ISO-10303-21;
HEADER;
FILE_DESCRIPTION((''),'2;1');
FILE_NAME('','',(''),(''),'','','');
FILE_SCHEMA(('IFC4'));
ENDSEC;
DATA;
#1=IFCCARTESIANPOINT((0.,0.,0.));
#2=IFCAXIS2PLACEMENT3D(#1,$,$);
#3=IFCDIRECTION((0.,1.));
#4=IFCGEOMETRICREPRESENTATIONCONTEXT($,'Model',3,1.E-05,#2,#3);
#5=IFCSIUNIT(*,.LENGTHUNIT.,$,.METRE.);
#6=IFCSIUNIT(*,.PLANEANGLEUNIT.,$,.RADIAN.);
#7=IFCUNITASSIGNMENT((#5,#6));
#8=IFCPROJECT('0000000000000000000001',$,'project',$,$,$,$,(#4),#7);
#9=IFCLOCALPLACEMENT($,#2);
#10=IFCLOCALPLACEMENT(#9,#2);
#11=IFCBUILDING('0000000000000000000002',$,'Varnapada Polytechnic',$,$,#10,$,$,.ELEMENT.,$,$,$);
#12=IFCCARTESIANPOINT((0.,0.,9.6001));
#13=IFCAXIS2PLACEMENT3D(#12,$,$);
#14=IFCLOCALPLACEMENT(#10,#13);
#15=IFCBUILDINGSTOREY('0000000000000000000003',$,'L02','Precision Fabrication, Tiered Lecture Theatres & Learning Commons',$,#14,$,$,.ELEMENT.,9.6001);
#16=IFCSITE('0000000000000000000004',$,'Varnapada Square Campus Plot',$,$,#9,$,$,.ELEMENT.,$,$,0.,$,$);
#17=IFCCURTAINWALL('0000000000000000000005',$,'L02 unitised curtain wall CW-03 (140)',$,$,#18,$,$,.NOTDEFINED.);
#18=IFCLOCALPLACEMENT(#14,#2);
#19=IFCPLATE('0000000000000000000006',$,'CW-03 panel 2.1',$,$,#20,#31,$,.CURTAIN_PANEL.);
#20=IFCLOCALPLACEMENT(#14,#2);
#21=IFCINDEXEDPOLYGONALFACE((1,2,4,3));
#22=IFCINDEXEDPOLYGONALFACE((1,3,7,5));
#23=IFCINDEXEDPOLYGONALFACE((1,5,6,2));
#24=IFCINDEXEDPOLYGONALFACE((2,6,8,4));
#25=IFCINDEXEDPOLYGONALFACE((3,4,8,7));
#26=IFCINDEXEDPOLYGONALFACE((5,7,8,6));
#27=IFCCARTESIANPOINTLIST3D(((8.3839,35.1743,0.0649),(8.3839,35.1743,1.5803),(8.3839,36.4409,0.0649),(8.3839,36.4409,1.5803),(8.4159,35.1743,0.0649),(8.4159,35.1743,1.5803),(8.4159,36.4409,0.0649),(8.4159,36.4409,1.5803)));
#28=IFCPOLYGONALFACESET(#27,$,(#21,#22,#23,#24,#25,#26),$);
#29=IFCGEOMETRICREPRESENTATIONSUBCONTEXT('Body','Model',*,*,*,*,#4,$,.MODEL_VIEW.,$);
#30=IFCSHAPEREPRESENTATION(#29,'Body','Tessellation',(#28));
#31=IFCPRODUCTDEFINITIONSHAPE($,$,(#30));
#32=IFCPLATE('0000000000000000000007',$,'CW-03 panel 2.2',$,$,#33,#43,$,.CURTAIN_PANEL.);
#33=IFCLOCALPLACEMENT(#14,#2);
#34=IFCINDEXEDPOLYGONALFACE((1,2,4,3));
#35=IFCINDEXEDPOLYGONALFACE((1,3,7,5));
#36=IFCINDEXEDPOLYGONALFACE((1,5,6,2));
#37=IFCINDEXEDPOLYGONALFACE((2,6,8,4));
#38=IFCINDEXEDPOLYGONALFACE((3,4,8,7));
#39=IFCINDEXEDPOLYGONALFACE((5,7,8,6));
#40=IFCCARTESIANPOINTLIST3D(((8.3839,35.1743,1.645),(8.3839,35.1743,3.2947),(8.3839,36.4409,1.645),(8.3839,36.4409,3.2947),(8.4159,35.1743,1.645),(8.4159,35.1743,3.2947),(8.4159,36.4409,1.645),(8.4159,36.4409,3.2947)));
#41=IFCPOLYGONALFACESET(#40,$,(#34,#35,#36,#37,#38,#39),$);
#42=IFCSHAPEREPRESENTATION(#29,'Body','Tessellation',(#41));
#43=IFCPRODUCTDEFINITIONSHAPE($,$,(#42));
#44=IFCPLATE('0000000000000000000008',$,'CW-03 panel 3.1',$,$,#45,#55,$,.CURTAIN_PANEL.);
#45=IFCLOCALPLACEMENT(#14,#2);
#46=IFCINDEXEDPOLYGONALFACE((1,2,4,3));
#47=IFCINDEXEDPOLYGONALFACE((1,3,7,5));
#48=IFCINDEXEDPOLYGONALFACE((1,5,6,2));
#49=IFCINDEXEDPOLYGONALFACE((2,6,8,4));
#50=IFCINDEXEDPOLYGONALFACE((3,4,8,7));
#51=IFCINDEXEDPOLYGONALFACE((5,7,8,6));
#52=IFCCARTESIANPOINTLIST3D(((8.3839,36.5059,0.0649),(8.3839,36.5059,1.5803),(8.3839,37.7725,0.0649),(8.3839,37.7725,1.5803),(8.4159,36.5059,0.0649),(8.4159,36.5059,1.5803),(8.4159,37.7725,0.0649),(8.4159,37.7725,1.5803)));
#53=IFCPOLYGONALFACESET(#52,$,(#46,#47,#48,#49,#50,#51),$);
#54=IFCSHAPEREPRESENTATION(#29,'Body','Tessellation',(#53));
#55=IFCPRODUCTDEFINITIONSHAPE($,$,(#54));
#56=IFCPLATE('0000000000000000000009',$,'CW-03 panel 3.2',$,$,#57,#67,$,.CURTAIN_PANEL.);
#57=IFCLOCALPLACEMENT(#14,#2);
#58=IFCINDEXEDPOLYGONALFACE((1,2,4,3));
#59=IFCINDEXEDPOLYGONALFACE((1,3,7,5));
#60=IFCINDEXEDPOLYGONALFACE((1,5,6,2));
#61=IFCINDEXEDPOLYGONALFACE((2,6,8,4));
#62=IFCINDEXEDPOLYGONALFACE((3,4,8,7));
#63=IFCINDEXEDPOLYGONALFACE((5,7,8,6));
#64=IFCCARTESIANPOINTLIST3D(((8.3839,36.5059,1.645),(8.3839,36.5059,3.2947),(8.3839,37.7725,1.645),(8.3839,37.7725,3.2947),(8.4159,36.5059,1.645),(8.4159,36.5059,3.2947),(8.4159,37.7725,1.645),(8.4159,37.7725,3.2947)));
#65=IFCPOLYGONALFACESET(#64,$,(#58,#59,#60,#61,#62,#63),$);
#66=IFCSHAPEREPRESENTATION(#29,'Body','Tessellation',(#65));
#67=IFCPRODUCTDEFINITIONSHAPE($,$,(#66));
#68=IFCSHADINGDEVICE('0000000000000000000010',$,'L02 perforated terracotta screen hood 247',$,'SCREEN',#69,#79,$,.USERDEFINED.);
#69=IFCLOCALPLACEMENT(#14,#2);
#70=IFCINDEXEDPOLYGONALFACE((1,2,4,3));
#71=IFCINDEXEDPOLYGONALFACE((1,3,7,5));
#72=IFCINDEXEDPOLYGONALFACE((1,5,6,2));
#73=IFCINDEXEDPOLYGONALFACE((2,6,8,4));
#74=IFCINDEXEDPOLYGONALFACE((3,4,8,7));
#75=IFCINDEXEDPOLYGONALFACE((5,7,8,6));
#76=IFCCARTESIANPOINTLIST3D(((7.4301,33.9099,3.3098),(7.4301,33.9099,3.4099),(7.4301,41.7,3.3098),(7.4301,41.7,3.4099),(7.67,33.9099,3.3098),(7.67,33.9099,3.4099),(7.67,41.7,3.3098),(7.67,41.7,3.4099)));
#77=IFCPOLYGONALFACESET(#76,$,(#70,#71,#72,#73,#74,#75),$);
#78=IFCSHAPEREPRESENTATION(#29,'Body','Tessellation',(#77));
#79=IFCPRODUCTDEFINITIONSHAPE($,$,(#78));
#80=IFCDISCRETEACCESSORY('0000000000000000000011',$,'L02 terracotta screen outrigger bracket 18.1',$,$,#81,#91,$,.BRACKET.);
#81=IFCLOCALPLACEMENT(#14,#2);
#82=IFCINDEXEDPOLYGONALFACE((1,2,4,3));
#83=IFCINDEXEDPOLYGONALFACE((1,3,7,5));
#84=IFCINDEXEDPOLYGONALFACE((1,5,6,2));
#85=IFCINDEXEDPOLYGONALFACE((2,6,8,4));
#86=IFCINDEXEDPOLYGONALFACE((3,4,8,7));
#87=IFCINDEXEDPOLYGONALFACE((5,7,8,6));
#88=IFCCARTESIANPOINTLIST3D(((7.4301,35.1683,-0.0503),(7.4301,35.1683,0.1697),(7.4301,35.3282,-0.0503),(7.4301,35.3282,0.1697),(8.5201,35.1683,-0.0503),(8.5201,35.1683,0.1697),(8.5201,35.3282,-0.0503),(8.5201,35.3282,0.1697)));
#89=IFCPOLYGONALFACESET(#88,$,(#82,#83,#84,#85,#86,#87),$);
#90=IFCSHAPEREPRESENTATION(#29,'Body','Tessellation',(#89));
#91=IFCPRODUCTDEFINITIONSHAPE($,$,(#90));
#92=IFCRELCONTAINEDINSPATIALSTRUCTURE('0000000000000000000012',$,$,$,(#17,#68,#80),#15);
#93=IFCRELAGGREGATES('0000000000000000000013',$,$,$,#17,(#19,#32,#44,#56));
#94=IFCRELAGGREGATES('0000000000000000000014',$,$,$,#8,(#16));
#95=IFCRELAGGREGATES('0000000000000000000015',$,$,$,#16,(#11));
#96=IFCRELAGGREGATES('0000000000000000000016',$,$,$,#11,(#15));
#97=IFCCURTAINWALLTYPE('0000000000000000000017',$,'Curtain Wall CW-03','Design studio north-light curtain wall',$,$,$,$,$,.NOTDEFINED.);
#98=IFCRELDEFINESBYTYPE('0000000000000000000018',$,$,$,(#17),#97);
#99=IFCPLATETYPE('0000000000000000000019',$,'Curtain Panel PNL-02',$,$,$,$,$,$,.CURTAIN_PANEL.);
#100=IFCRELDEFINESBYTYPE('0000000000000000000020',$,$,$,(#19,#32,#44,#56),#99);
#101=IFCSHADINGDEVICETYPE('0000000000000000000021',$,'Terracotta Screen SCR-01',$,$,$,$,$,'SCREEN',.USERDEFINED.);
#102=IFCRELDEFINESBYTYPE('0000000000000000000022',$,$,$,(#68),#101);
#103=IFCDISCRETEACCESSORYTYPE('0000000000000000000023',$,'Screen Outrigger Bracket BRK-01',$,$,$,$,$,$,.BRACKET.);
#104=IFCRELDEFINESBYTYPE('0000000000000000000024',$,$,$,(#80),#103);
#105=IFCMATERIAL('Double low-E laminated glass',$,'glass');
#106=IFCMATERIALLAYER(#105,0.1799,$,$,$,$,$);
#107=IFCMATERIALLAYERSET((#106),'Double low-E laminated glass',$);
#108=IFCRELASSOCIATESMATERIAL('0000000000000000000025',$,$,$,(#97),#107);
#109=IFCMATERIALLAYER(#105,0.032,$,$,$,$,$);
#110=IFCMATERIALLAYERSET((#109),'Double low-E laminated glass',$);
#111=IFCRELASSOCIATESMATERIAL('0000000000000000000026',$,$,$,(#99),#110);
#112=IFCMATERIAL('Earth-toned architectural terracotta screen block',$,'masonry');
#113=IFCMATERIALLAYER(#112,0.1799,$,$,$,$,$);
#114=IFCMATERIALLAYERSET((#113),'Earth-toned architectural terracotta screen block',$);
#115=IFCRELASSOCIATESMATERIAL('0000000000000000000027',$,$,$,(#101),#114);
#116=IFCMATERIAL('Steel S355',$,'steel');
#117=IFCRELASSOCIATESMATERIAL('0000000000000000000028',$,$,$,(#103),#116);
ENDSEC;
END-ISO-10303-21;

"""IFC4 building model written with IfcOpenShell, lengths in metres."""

from ifc_helpers import new_model, si_unit, direction, frame, origin, origin_2d, place, context, subcontext, project, spatial, rectangle, extrude, material, layer, layer_set, type_object, element, aggregate, save


model = new_model("IFC4")

# Units and contexts
model_context = context("Model", 3, precision=1e-05, world=origin(), true_north=direction((0.0, 1.0)))
body_context = subcontext(model_context, "Body", "Model", "MODEL_VIEW")
ifc_project = project(units=[si_unit("LENGTHUNIT", "METRE"), si_unit("PLANEANGLEUNIT", "RADIAN")], contexts=[model_context])

# Site, building, storey
site_placement = place(None, origin())
site = spatial("IfcSite", under=ifc_project, at=site_placement, Name="Varnapada Square Campus Plot", CompositionType="ELEMENT", RefElevation=0.0)
building_placement = place(site_placement, origin())
building = spatial("IfcBuilding", under=site, at=building_placement, Name="Varnapada Polytechnic", CompositionType="ELEMENT")
storey_placement = place(building_placement, frame((0.0, 0.0, 9.6001)))
storey = spatial("IfcBuildingStorey", under=building, at=storey_placement, Name="L02", Description="Precision Fabrication, Tiered Lecture Theatres & Learning Commons", CompositionType="ELEMENT", Elevation=9.6001)

# Curtain wall, plates
ifc_material_1 = material(Name="Double low-E laminated glass", Category="glass")
ifc_layer_1 = layer(ifc_material_1, 0.1799)
ifc_layer_set_1 = layer_set([ifc_layer_1], Name="Double low-E laminated glass")
curtain_wall_type = type_object("IfcCurtainWallType", Name="Curtain Wall CW-03", Description="Design studio north-light curtain wall", PredefinedType="NOTDEFINED", material=ifc_layer_set_1)
curtain_wall_placement = place(storey_placement, origin())
curtain_wall = element("IfcCurtainWall", 1, at=curtain_wall_placement, inside=storey, type_object=curtain_wall_type, Name="L02 unitised curtain wall CW-03 (140)", PredefinedType="NOTDEFINED")
ifc_layer_2 = layer(ifc_material_1, 0.032)
ifc_layer_set_2 = layer_set([ifc_layer_2], Name="Double low-E laminated glass")
plate_type = type_object("IfcPlateType", Name="Curtain Panel PNL-02", PredefinedType="CURTAIN_PANEL", material=ifc_layer_set_2)
plate_1_placement = place(storey_placement, frame((8.3999, 35.8076, 0.0649), z_axis=(0.0, 0.0, 1.0), x_axis=(0.0, 1.0, 0.0)))
plate_1 = element("IfcPlate", 2, at=plate_1_placement, type_object=plate_type, Name="CW-03 panel 2.1", PredefinedType="CURTAIN_PANEL", context=body_context, shape_type="SweptSolid", body=[
    extrude(rectangle(XDim=1.2666, YDim=0.032, at=origin_2d()), origin(), (0.0, 0.0, 1.0), 1.5154),
])
plate_2_placement = place(storey_placement, frame((8.3999, 35.8076, 1.645), z_axis=(0.0, 0.0, 1.0), x_axis=(0.0, 1.0, 0.0)))
plate_2 = element("IfcPlate", 3, at=plate_2_placement, type_object=plate_type, Name="CW-03 panel 2.2", PredefinedType="CURTAIN_PANEL", context=body_context, shape_type="SweptSolid", body=[
    extrude(rectangle(XDim=1.2666, YDim=0.032, at=origin_2d()), origin(), (0.0, 0.0, 1.0), 1.6497),
])
plate_3_placement = place(storey_placement, frame((8.3999, 37.1392, 0.0649), z_axis=(0.0, 0.0, 1.0), x_axis=(0.0, 1.0, 0.0)))
plate_3 = element("IfcPlate", 4, at=plate_3_placement, type_object=plate_type, Name="CW-03 panel 3.1", PredefinedType="CURTAIN_PANEL", context=body_context, shape_type="SweptSolid", body=[
    extrude(rectangle(XDim=1.2666, YDim=0.032, at=origin_2d()), origin(), (0.0, 0.0, 1.0), 1.5154),
])
plate_4_placement = place(storey_placement, frame((8.3999, 37.1392, 1.645), z_axis=(0.0, 0.0, 1.0), x_axis=(0.0, 1.0, 0.0)))
plate_4 = element("IfcPlate", 5, at=plate_4_placement, type_object=plate_type, Name="CW-03 panel 3.2", PredefinedType="CURTAIN_PANEL", context=body_context, shape_type="SweptSolid", body=[
    extrude(rectangle(XDim=1.2666, YDim=0.032, at=origin_2d()), origin(), (0.0, 0.0, 1.0), 1.6497),
])
aggregate(curtain_wall, [plate_1, plate_2, plate_3, plate_4])

# Shading device
ifc_material_2 = material(Name="Earth-toned architectural terracotta screen block", Category="masonry")
ifc_layer_3 = layer(ifc_material_2, 0.1799)
ifc_layer_set_3 = layer_set([ifc_layer_3], Name="Earth-toned architectural terracotta screen block")
shading_device_type = type_object("IfcShadingDeviceType", Name="Terracotta Screen SCR-01", ElementType="SCREEN", PredefinedType="USERDEFINED", material=ifc_layer_set_3)
shading_device_placement = place(storey_placement, frame((7.55, 37.8049, 3.3098), z_axis=(0.0, 0.0, 1.0), x_axis=(0.0, 1.0, 0.0)))
element("IfcShadingDevice", 6, at=shading_device_placement, inside=storey, type_object=shading_device_type, Name="L02 perforated terracotta screen hood 247", ObjectType="SCREEN", PredefinedType="USERDEFINED", context=body_context, shape_type="SweptSolid", body=[
    extrude(rectangle(XDim=7.79, YDim=0.24, at=origin_2d()), origin(), (0.0, 0.0, 1.0), 0.1001),
])

# Discrete accessory
ifc_material_3 = material(Name="Steel S355", Category="steel")
discrete_accessory_type = type_object("IfcDiscreteAccessoryType", Name="Screen Outrigger Bracket BRK-01", PredefinedType="BRACKET", material=ifc_material_3)
discrete_accessory_placement = place(storey_placement, frame((7.9751, 35.2483, -0.0503), z_axis=(0.0, 0.0, 1.0), x_axis=(0.0, 1.0, 0.0)))
element("IfcDiscreteAccessory", 7, at=discrete_accessory_placement, inside=storey, type_object=discrete_accessory_type, Name="L02 terracotta screen outrigger bracket 18.1", PredefinedType="BRACKET", context=body_context, shape_type="SweptSolid", body=[
    extrude(rectangle(XDim=0.1599, YDim=1.0901, at=origin_2d()), origin(), (0.0, 0.0, 1.0), 0.22),
])

save(model, "model.ifc")
